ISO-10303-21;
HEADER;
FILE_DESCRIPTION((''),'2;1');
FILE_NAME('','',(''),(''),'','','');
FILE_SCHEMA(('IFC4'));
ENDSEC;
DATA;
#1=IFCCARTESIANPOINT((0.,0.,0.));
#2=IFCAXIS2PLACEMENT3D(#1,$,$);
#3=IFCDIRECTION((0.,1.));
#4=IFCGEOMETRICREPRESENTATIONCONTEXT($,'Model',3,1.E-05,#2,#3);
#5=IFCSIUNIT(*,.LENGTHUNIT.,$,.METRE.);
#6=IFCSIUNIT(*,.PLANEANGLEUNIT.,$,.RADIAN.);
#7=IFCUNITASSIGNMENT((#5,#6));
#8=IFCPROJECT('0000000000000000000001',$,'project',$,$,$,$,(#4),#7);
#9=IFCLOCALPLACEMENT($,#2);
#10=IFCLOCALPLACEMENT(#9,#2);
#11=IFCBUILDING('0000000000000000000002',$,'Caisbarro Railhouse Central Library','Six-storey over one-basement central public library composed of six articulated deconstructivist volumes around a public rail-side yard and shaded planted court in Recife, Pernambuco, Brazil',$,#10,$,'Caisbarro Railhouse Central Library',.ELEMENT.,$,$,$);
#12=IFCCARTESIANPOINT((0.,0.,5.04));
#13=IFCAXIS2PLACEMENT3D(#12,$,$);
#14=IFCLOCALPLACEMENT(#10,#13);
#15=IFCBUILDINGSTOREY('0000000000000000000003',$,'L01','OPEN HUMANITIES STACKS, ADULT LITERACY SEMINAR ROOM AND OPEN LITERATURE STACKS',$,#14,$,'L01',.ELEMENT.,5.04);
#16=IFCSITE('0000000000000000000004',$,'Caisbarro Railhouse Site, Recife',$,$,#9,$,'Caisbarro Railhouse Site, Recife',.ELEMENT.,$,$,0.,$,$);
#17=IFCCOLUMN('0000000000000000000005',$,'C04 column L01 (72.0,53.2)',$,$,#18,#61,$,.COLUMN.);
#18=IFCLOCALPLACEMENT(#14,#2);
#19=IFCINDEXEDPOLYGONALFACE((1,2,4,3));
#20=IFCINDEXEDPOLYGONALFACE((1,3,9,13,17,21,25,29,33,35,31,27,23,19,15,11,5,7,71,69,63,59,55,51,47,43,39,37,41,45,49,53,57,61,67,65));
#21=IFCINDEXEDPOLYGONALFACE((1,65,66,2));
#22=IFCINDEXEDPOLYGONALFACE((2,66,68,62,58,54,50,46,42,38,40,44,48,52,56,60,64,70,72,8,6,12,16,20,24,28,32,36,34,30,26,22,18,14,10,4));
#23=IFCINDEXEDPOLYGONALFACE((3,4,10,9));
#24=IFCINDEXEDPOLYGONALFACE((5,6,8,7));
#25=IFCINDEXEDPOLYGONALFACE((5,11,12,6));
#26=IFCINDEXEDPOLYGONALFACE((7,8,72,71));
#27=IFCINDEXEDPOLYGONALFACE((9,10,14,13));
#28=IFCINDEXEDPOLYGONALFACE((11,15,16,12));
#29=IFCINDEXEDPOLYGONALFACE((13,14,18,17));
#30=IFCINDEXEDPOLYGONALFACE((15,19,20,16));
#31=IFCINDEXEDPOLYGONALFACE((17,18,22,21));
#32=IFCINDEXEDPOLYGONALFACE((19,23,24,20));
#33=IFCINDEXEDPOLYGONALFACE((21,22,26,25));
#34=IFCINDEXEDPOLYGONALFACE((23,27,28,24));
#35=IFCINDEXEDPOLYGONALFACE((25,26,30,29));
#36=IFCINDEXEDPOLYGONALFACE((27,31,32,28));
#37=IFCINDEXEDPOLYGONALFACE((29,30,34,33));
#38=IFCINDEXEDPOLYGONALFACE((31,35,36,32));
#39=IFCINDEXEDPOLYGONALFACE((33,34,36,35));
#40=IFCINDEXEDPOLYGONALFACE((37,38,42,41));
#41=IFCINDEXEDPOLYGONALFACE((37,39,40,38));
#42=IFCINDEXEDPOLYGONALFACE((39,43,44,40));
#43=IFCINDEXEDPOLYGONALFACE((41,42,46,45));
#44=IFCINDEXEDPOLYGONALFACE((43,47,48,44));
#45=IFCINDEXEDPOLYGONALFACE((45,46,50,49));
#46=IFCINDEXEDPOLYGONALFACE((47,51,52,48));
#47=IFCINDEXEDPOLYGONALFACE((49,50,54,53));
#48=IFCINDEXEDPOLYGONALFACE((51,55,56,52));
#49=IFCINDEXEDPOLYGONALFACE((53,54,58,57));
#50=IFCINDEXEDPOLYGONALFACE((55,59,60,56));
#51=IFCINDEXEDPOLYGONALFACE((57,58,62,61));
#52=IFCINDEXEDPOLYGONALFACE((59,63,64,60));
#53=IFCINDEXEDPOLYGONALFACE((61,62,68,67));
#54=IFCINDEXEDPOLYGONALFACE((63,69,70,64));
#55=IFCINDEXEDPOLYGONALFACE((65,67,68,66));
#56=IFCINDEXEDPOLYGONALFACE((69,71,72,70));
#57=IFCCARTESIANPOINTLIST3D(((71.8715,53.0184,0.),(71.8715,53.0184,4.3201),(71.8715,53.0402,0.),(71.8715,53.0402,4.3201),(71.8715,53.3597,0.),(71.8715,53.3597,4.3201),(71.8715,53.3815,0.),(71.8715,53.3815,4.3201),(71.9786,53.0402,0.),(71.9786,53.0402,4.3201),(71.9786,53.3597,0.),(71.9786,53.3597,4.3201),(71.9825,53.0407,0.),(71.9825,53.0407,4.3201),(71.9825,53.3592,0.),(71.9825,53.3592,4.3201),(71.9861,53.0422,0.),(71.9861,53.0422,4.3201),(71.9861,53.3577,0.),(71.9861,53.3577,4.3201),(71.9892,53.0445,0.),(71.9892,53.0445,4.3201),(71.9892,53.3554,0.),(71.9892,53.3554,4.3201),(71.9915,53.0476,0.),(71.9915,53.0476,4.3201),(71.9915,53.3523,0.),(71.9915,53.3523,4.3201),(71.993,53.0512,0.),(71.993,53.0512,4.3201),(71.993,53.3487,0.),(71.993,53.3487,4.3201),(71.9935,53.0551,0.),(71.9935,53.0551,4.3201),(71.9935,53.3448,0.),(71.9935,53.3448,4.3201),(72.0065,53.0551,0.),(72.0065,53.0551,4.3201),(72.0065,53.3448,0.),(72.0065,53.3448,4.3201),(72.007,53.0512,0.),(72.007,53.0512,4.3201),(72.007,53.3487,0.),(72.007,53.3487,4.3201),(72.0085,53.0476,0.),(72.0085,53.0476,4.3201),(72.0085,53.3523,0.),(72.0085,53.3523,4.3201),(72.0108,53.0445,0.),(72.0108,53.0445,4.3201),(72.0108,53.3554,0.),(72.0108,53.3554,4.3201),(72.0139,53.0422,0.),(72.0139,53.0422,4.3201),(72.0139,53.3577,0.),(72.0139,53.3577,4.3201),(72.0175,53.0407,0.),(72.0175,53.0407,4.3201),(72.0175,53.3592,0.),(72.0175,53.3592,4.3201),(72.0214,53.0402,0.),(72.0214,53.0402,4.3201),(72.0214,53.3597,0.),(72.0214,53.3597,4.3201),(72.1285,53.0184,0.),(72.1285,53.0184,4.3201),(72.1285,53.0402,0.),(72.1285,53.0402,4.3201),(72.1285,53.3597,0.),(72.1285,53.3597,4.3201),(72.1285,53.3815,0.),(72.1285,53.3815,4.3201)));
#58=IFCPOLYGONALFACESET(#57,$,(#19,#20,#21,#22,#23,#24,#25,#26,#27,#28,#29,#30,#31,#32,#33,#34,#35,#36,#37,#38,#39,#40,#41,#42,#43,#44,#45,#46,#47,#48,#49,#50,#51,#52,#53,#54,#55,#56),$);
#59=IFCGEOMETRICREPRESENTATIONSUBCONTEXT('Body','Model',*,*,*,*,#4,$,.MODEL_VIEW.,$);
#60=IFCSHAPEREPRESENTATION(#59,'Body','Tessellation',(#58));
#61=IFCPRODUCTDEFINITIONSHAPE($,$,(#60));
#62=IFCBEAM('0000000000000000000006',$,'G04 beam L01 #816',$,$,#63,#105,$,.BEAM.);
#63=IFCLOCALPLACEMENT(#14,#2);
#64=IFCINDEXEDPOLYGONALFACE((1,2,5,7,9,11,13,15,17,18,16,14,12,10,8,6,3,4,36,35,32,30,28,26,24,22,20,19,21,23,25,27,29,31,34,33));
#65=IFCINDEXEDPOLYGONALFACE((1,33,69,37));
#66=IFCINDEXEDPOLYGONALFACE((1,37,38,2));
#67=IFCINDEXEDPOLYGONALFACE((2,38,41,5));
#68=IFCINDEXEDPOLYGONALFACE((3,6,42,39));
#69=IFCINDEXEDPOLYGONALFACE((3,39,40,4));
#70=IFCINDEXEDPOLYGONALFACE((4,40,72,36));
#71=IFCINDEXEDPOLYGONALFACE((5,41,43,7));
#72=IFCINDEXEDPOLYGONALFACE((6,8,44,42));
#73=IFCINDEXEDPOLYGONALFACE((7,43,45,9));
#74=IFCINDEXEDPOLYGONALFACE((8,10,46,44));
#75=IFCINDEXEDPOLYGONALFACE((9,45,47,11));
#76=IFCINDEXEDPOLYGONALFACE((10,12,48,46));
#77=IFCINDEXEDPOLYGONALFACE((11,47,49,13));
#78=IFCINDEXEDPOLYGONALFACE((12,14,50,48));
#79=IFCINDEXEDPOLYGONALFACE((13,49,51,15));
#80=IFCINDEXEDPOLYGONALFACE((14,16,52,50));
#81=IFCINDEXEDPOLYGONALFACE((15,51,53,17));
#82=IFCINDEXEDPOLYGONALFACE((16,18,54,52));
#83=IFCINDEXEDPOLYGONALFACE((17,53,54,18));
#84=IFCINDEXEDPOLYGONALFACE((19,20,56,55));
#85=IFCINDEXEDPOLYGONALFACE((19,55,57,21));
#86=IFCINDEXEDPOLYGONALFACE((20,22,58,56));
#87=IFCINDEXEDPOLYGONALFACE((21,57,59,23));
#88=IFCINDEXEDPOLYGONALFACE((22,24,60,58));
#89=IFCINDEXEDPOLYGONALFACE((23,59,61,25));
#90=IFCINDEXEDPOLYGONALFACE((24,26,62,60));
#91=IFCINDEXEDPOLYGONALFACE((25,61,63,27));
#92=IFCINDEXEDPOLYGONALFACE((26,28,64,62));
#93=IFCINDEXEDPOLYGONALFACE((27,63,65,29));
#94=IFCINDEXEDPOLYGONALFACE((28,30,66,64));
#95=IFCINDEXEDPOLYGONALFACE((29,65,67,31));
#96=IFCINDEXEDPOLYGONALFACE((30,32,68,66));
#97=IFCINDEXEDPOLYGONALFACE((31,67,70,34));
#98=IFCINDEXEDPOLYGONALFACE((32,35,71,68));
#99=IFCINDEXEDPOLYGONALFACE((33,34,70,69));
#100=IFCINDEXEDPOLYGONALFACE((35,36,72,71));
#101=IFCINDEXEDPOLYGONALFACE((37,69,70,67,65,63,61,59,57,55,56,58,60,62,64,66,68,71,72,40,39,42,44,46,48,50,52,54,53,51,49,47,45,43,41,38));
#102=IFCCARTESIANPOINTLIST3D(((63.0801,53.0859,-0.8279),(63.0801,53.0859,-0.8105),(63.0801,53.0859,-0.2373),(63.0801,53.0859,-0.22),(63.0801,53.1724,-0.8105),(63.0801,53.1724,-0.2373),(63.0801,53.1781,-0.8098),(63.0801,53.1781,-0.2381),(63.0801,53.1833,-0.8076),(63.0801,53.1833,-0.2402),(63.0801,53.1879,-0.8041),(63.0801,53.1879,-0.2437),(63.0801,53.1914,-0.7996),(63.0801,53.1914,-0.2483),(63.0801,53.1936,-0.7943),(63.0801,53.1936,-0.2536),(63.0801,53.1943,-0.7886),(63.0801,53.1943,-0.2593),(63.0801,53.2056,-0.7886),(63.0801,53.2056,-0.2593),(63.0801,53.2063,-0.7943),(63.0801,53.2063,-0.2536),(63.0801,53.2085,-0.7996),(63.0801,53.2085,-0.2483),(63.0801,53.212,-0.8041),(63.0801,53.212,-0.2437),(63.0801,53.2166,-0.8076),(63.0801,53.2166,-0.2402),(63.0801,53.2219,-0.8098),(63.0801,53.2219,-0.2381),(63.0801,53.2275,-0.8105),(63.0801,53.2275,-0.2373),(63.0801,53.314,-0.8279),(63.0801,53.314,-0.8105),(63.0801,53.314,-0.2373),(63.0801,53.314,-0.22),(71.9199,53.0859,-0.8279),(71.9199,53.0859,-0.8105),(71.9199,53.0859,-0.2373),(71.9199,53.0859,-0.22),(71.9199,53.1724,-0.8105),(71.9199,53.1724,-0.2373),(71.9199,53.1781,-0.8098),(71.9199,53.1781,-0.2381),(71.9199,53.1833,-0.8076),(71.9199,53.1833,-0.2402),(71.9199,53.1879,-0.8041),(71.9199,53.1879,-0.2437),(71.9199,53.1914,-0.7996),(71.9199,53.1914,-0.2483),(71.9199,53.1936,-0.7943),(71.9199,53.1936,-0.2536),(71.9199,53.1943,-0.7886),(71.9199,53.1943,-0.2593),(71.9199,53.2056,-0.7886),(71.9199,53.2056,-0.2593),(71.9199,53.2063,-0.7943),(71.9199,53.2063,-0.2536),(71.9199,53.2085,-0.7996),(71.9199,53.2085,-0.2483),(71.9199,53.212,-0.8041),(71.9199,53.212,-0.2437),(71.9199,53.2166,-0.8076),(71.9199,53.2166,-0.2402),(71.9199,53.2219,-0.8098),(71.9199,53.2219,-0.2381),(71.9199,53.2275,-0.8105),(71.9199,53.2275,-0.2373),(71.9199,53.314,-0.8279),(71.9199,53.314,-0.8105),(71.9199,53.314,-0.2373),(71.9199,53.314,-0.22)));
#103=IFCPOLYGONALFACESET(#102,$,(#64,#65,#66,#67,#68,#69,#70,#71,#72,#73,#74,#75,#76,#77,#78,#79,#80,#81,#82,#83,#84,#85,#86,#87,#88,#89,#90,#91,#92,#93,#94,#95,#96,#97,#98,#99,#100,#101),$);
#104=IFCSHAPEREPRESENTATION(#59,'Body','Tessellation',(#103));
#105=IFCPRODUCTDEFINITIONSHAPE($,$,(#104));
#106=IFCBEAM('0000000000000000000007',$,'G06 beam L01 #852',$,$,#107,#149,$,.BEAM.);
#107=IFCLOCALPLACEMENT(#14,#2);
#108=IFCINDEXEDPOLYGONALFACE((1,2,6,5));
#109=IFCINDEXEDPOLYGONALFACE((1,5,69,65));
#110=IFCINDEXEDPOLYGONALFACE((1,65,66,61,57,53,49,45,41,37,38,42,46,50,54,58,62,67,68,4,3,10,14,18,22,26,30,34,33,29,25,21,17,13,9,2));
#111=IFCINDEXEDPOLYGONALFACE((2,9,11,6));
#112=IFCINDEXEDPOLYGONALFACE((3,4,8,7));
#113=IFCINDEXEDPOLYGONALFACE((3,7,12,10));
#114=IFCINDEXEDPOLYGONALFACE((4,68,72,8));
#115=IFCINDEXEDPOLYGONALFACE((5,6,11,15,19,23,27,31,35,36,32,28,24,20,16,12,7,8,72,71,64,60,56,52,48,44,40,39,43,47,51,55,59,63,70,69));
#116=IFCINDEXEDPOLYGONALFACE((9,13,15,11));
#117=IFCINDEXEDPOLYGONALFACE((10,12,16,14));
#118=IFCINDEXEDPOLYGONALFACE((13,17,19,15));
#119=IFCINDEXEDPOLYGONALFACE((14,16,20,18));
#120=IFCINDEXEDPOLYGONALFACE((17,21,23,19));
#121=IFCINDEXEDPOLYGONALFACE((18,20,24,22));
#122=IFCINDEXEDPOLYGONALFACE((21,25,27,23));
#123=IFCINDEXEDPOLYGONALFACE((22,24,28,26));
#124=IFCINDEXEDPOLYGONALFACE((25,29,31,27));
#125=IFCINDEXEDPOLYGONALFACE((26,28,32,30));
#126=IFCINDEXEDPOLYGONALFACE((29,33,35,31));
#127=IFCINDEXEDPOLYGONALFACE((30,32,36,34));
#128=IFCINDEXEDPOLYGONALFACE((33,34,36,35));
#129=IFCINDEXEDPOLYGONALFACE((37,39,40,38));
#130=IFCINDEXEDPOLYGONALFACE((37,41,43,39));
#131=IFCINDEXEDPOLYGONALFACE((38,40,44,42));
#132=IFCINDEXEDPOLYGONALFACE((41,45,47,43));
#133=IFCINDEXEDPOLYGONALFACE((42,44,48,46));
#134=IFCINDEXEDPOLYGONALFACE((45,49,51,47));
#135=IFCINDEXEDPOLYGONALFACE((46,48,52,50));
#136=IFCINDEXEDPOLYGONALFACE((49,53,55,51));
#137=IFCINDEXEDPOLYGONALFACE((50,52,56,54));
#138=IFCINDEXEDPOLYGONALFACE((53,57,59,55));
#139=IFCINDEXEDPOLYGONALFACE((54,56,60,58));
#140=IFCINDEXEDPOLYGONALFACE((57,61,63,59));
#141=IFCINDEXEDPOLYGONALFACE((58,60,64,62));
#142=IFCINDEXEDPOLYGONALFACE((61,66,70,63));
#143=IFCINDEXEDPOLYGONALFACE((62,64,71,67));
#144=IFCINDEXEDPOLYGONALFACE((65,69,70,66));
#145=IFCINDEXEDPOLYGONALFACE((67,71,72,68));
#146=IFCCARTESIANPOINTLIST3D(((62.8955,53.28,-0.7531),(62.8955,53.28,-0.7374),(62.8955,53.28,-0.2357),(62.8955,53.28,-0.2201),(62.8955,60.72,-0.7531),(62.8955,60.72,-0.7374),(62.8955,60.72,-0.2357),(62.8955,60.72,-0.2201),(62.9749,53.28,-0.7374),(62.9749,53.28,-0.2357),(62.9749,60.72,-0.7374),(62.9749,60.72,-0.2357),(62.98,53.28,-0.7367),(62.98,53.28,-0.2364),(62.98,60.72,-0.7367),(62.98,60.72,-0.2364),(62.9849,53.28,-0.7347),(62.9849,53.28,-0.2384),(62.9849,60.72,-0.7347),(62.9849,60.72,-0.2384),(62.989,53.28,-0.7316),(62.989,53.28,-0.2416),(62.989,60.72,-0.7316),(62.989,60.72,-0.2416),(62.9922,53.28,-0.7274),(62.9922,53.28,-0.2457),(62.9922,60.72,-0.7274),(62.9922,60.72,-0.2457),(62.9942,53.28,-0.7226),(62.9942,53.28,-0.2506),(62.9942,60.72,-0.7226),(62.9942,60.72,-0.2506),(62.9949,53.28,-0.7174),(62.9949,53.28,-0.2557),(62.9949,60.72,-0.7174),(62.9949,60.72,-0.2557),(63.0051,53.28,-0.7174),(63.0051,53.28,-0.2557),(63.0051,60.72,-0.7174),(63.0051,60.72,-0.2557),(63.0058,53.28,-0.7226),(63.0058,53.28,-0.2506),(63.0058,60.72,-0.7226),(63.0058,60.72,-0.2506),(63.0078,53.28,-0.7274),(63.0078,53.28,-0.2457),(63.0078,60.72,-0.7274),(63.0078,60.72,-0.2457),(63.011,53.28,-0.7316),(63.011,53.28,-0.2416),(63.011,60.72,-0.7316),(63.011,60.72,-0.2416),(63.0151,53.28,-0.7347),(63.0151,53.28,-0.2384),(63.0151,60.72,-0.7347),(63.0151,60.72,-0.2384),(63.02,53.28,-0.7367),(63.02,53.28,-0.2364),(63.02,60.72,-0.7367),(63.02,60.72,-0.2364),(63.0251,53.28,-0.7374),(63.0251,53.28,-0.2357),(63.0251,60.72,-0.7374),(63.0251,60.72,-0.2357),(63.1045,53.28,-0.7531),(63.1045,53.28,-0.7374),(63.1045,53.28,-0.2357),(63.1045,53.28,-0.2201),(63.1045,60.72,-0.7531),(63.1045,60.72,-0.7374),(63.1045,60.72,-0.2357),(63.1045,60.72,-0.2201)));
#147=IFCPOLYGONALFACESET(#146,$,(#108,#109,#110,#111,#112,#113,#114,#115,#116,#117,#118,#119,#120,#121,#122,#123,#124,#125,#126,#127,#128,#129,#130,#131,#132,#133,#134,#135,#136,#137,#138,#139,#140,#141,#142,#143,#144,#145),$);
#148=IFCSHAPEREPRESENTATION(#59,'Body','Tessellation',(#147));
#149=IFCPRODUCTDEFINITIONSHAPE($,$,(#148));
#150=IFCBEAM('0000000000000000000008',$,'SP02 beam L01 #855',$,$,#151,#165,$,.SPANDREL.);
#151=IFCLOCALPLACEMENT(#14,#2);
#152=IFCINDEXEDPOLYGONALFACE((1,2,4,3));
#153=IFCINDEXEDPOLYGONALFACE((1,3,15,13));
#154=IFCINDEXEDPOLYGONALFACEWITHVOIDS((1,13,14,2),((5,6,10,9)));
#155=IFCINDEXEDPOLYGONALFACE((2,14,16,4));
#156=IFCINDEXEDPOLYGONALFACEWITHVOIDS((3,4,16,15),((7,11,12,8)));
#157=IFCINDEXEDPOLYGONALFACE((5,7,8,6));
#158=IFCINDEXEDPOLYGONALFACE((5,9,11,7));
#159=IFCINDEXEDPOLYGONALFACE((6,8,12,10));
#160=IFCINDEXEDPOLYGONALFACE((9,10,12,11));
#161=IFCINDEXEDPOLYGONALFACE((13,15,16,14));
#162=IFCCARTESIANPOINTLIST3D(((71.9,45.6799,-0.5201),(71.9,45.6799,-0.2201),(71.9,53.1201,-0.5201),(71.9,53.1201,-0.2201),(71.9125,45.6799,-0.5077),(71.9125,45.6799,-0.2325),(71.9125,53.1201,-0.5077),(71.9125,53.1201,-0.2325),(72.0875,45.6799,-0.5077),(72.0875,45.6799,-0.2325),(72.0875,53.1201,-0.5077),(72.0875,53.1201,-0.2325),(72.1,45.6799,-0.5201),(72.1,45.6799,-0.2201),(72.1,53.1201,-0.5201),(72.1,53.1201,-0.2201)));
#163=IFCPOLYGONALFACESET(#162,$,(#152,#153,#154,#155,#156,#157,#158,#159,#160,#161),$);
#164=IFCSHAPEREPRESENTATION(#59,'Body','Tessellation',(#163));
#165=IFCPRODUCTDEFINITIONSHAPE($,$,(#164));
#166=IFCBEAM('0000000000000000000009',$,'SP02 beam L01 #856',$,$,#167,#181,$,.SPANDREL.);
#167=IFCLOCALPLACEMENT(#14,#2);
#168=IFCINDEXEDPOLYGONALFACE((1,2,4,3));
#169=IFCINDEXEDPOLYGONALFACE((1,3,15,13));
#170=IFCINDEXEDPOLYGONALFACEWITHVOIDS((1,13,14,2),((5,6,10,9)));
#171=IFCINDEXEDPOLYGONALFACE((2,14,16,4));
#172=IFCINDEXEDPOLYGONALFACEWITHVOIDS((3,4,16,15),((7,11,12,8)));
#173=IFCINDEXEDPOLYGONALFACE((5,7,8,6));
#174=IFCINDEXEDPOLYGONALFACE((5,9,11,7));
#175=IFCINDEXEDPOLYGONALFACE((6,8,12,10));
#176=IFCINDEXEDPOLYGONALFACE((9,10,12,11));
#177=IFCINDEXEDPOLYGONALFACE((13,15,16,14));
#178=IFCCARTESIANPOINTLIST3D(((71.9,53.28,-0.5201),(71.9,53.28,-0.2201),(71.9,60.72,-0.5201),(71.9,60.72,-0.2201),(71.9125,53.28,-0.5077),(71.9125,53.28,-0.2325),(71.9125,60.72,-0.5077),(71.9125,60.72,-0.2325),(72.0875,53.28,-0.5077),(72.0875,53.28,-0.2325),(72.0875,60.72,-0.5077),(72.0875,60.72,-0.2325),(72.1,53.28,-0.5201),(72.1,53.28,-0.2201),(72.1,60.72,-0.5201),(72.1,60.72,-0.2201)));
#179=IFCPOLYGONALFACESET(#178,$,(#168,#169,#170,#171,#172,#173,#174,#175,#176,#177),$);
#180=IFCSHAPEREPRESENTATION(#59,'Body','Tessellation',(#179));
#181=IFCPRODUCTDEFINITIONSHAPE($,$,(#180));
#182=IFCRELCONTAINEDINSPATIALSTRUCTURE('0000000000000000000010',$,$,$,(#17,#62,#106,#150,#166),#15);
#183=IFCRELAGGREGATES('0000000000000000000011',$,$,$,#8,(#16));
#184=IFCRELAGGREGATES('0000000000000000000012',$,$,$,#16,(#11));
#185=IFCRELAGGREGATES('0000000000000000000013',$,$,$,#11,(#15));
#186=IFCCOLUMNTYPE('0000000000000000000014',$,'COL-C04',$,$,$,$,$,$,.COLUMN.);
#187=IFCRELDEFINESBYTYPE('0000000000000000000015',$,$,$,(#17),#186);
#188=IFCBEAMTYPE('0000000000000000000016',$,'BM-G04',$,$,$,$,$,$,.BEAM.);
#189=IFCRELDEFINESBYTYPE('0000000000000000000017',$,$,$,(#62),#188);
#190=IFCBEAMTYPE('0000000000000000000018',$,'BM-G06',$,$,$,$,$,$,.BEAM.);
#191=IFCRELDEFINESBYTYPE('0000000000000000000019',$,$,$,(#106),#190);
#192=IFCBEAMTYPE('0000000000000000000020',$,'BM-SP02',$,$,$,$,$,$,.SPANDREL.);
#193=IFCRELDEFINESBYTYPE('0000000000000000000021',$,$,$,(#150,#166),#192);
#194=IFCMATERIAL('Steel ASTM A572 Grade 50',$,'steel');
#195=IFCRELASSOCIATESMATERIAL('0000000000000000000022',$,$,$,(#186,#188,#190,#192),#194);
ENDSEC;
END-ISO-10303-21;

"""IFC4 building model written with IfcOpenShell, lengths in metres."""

from ifc_helpers import new_model, si_unit, direction, frame, origin, origin_2d, place, context, subcontext, project, spatial, hollow_rectangle, i_section, extrude, material, material_profile, profile_set, type_object, element, save


model = new_model("IFC4")

# Units and contexts
model_context = context("Model", 3, precision=1e-05, world=origin(), true_north=direction((0.0, 1.0)))
body_context = subcontext(model_context, "Body", "Model", "MODEL_VIEW")
ifc_project = project(units=[si_unit("LENGTHUNIT", "METRE"), si_unit("PLANEANGLEUNIT", "RADIAN")], contexts=[model_context])

# Site, building, storey
site_placement = place(None, origin())
site = spatial("IfcSite", under=ifc_project, at=site_placement, Name="Caisbarro Railhouse Site, Recife", LongName="Caisbarro Railhouse Site, Recife", CompositionType="ELEMENT", RefElevation=0.0)
building_placement = place(site_placement, origin())
building = spatial("IfcBuilding", under=site, at=building_placement, Name="Caisbarro Railhouse Central Library", Description="Six-storey over one-basement central public library composed of six articulated deconstructivist volumes around a public rail-side yard and shaded planted court in Recife, Pernambuco, Brazil", LongName="Caisbarro Railhouse Central Library", CompositionType="ELEMENT")
storey_placement = place(building_placement, frame((0.0, 0.0, 5.04)))
storey = spatial("IfcBuildingStorey", under=building, at=storey_placement, Name="L01", Description="OPEN HUMANITIES STACKS, ADULT LITERACY SEMINAR ROOM AND OPEN LITERATURE STACKS", LongName="L01", CompositionType="ELEMENT", Elevation=5.04)

# Column
ifc_material_1 = material(Name="Steel ASTM A572 Grade 50", Category="steel")
ifc_material_profile_1 = material_profile(ifc_material_1, i_section(OverallWidth=0.2571, OverallDepth=0.363, WebThickness=0.0129, FlangeThickness=0.0217, FilletRadius=0.0149, at=origin_2d()), Name="W360X122.0")
ifc_profile_set_1 = profile_set([ifc_material_profile_1], Name="Steel ASTM A572 Grade 50")
column_type = type_object("IfcColumnType", Name="COL-C04", PredefinedType="COLUMN", material=ifc_profile_set_1)
column_placement = place(storey_placement, frame((72.0, 53.2, 0.0), z_axis=(0.0, 0.0, 1.0), x_axis=(1.0, 0.0, 0.0)))
element("IfcColumn", 1, at=column_placement, inside=storey, type_object=column_type, Name="C04 column L01 (72.0,53.2)", PredefinedType="COLUMN", context=body_context, shape_type="SweptSolid", body=[
    extrude(i_section(OverallWidth=0.2571, OverallDepth=0.363, WebThickness=0.0129, FlangeThickness=0.0217, FilletRadius=0.0149, at=origin_2d()), origin(), (0.0, 0.0, 1.0), 4.3201),
])

# Beams
ifc_material_profile_2 = material_profile(ifc_material_1, i_section(OverallWidth=0.228, OverallDepth=0.6079, WebThickness=0.0112, FlangeThickness=0.0173, FilletRadius=0.022, at=origin_2d()), Name="W610X113.0")
ifc_profile_set_2 = profile_set([ifc_material_profile_2], Name="Steel ASTM A572 Grade 50")
beam_type_1 = type_object("IfcBeamType", Name="BM-G04", PredefinedType="BEAM", material=ifc_profile_set_2)
beam_1_placement = place(storey_placement, frame((63.0801, 53.2, -0.5239), z_axis=(1.0, 0.0, 0.0), x_axis=(0.0, 1.0, 0.0)))
element("IfcBeam", 2, at=beam_1_placement, inside=storey, type_object=beam_type_1, Name="G04 beam L01 #816", PredefinedType="BEAM", context=body_context, shape_type="SweptSolid", body=[
    extrude(i_section(OverallWidth=0.228, OverallDepth=0.6079, WebThickness=0.0112, FlangeThickness=0.0173, FilletRadius=0.022, at=origin_2d()), origin(), (0.0, 0.0, 1.0), 8.8398),
])
ifc_material_profile_3 = material_profile(ifc_material_1, i_section(OverallWidth=0.209, OverallDepth=0.533, WebThickness=0.0103, FlangeThickness=0.0156, FilletRadius=0.02, at=origin_2d()), Name="W530X92.0")
ifc_profile_set_3 = profile_set([ifc_material_profile_3], Name="Steel ASTM A572 Grade 50")
beam_type_2 = type_object("IfcBeamType", Name="BM-G06", PredefinedType="BEAM", material=ifc_profile_set_3)
beam_2_placement = place(storey_placement, frame((63.0, 53.28, -0.4866), z_axis=(0.0, 1.0, 0.0), x_axis=(-1.0, 0.0, 0.0)))
element("IfcBeam", 3, at=beam_2_placement, inside=storey, type_object=beam_type_2, Name="G06 beam L01 #852", PredefinedType="BEAM", context=body_context, shape_type="SweptSolid", body=[
    extrude(i_section(OverallWidth=0.209, OverallDepth=0.533, WebThickness=0.0103, FlangeThickness=0.0156, FilletRadius=0.02, at=origin_2d()), origin(), (0.0, 0.0, 1.0), 7.4399),
])
ifc_material_profile_4 = material_profile(ifc_material_1, hollow_rectangle(XDim=0.2, YDim=0.3, WallThickness=0.0125, at=origin_2d()), Name="HSS300X200X12.5")
ifc_profile_set_4 = profile_set([ifc_material_profile_4], Name="Steel ASTM A572 Grade 50")
beam_type_3 = type_object("IfcBeamType", Name="BM-SP02", PredefinedType="SPANDREL", material=ifc_profile_set_4)
beam_3_placement = place(storey_placement, frame((72.0, 45.6799, -0.3701), z_axis=(0.0, 1.0, 0.0), x_axis=(-1.0, 0.0, 0.0)))
element("IfcBeam", 4, at=beam_3_placement, inside=storey, type_object=beam_type_3, Name="SP02 beam L01 #855", PredefinedType="SPANDREL", context=body_context, shape_type="SweptSolid", body=[
    extrude(hollow_rectangle(XDim=0.2, YDim=0.3, WallThickness=0.0125, at=origin_2d()), origin(), (0.0, 0.0, 1.0), 7.4402),
])
beam_4_placement = place(storey_placement, frame((72.0, 53.28, -0.3701), z_axis=(0.0, 1.0, 0.0), x_axis=(-1.0, 0.0, 0.0)))
element("IfcBeam", 5, at=beam_4_placement, inside=storey, type_object=beam_type_3, Name="SP02 beam L01 #856", PredefinedType="SPANDREL", context=body_context, shape_type="SweptSolid", body=[
    extrude(hollow_rectangle(XDim=0.2, YDim=0.3, WallThickness=0.0125, at=origin_2d()), origin(), (0.0, 0.0, 1.0), 7.4399),
])

save(model, "model.ifc")
